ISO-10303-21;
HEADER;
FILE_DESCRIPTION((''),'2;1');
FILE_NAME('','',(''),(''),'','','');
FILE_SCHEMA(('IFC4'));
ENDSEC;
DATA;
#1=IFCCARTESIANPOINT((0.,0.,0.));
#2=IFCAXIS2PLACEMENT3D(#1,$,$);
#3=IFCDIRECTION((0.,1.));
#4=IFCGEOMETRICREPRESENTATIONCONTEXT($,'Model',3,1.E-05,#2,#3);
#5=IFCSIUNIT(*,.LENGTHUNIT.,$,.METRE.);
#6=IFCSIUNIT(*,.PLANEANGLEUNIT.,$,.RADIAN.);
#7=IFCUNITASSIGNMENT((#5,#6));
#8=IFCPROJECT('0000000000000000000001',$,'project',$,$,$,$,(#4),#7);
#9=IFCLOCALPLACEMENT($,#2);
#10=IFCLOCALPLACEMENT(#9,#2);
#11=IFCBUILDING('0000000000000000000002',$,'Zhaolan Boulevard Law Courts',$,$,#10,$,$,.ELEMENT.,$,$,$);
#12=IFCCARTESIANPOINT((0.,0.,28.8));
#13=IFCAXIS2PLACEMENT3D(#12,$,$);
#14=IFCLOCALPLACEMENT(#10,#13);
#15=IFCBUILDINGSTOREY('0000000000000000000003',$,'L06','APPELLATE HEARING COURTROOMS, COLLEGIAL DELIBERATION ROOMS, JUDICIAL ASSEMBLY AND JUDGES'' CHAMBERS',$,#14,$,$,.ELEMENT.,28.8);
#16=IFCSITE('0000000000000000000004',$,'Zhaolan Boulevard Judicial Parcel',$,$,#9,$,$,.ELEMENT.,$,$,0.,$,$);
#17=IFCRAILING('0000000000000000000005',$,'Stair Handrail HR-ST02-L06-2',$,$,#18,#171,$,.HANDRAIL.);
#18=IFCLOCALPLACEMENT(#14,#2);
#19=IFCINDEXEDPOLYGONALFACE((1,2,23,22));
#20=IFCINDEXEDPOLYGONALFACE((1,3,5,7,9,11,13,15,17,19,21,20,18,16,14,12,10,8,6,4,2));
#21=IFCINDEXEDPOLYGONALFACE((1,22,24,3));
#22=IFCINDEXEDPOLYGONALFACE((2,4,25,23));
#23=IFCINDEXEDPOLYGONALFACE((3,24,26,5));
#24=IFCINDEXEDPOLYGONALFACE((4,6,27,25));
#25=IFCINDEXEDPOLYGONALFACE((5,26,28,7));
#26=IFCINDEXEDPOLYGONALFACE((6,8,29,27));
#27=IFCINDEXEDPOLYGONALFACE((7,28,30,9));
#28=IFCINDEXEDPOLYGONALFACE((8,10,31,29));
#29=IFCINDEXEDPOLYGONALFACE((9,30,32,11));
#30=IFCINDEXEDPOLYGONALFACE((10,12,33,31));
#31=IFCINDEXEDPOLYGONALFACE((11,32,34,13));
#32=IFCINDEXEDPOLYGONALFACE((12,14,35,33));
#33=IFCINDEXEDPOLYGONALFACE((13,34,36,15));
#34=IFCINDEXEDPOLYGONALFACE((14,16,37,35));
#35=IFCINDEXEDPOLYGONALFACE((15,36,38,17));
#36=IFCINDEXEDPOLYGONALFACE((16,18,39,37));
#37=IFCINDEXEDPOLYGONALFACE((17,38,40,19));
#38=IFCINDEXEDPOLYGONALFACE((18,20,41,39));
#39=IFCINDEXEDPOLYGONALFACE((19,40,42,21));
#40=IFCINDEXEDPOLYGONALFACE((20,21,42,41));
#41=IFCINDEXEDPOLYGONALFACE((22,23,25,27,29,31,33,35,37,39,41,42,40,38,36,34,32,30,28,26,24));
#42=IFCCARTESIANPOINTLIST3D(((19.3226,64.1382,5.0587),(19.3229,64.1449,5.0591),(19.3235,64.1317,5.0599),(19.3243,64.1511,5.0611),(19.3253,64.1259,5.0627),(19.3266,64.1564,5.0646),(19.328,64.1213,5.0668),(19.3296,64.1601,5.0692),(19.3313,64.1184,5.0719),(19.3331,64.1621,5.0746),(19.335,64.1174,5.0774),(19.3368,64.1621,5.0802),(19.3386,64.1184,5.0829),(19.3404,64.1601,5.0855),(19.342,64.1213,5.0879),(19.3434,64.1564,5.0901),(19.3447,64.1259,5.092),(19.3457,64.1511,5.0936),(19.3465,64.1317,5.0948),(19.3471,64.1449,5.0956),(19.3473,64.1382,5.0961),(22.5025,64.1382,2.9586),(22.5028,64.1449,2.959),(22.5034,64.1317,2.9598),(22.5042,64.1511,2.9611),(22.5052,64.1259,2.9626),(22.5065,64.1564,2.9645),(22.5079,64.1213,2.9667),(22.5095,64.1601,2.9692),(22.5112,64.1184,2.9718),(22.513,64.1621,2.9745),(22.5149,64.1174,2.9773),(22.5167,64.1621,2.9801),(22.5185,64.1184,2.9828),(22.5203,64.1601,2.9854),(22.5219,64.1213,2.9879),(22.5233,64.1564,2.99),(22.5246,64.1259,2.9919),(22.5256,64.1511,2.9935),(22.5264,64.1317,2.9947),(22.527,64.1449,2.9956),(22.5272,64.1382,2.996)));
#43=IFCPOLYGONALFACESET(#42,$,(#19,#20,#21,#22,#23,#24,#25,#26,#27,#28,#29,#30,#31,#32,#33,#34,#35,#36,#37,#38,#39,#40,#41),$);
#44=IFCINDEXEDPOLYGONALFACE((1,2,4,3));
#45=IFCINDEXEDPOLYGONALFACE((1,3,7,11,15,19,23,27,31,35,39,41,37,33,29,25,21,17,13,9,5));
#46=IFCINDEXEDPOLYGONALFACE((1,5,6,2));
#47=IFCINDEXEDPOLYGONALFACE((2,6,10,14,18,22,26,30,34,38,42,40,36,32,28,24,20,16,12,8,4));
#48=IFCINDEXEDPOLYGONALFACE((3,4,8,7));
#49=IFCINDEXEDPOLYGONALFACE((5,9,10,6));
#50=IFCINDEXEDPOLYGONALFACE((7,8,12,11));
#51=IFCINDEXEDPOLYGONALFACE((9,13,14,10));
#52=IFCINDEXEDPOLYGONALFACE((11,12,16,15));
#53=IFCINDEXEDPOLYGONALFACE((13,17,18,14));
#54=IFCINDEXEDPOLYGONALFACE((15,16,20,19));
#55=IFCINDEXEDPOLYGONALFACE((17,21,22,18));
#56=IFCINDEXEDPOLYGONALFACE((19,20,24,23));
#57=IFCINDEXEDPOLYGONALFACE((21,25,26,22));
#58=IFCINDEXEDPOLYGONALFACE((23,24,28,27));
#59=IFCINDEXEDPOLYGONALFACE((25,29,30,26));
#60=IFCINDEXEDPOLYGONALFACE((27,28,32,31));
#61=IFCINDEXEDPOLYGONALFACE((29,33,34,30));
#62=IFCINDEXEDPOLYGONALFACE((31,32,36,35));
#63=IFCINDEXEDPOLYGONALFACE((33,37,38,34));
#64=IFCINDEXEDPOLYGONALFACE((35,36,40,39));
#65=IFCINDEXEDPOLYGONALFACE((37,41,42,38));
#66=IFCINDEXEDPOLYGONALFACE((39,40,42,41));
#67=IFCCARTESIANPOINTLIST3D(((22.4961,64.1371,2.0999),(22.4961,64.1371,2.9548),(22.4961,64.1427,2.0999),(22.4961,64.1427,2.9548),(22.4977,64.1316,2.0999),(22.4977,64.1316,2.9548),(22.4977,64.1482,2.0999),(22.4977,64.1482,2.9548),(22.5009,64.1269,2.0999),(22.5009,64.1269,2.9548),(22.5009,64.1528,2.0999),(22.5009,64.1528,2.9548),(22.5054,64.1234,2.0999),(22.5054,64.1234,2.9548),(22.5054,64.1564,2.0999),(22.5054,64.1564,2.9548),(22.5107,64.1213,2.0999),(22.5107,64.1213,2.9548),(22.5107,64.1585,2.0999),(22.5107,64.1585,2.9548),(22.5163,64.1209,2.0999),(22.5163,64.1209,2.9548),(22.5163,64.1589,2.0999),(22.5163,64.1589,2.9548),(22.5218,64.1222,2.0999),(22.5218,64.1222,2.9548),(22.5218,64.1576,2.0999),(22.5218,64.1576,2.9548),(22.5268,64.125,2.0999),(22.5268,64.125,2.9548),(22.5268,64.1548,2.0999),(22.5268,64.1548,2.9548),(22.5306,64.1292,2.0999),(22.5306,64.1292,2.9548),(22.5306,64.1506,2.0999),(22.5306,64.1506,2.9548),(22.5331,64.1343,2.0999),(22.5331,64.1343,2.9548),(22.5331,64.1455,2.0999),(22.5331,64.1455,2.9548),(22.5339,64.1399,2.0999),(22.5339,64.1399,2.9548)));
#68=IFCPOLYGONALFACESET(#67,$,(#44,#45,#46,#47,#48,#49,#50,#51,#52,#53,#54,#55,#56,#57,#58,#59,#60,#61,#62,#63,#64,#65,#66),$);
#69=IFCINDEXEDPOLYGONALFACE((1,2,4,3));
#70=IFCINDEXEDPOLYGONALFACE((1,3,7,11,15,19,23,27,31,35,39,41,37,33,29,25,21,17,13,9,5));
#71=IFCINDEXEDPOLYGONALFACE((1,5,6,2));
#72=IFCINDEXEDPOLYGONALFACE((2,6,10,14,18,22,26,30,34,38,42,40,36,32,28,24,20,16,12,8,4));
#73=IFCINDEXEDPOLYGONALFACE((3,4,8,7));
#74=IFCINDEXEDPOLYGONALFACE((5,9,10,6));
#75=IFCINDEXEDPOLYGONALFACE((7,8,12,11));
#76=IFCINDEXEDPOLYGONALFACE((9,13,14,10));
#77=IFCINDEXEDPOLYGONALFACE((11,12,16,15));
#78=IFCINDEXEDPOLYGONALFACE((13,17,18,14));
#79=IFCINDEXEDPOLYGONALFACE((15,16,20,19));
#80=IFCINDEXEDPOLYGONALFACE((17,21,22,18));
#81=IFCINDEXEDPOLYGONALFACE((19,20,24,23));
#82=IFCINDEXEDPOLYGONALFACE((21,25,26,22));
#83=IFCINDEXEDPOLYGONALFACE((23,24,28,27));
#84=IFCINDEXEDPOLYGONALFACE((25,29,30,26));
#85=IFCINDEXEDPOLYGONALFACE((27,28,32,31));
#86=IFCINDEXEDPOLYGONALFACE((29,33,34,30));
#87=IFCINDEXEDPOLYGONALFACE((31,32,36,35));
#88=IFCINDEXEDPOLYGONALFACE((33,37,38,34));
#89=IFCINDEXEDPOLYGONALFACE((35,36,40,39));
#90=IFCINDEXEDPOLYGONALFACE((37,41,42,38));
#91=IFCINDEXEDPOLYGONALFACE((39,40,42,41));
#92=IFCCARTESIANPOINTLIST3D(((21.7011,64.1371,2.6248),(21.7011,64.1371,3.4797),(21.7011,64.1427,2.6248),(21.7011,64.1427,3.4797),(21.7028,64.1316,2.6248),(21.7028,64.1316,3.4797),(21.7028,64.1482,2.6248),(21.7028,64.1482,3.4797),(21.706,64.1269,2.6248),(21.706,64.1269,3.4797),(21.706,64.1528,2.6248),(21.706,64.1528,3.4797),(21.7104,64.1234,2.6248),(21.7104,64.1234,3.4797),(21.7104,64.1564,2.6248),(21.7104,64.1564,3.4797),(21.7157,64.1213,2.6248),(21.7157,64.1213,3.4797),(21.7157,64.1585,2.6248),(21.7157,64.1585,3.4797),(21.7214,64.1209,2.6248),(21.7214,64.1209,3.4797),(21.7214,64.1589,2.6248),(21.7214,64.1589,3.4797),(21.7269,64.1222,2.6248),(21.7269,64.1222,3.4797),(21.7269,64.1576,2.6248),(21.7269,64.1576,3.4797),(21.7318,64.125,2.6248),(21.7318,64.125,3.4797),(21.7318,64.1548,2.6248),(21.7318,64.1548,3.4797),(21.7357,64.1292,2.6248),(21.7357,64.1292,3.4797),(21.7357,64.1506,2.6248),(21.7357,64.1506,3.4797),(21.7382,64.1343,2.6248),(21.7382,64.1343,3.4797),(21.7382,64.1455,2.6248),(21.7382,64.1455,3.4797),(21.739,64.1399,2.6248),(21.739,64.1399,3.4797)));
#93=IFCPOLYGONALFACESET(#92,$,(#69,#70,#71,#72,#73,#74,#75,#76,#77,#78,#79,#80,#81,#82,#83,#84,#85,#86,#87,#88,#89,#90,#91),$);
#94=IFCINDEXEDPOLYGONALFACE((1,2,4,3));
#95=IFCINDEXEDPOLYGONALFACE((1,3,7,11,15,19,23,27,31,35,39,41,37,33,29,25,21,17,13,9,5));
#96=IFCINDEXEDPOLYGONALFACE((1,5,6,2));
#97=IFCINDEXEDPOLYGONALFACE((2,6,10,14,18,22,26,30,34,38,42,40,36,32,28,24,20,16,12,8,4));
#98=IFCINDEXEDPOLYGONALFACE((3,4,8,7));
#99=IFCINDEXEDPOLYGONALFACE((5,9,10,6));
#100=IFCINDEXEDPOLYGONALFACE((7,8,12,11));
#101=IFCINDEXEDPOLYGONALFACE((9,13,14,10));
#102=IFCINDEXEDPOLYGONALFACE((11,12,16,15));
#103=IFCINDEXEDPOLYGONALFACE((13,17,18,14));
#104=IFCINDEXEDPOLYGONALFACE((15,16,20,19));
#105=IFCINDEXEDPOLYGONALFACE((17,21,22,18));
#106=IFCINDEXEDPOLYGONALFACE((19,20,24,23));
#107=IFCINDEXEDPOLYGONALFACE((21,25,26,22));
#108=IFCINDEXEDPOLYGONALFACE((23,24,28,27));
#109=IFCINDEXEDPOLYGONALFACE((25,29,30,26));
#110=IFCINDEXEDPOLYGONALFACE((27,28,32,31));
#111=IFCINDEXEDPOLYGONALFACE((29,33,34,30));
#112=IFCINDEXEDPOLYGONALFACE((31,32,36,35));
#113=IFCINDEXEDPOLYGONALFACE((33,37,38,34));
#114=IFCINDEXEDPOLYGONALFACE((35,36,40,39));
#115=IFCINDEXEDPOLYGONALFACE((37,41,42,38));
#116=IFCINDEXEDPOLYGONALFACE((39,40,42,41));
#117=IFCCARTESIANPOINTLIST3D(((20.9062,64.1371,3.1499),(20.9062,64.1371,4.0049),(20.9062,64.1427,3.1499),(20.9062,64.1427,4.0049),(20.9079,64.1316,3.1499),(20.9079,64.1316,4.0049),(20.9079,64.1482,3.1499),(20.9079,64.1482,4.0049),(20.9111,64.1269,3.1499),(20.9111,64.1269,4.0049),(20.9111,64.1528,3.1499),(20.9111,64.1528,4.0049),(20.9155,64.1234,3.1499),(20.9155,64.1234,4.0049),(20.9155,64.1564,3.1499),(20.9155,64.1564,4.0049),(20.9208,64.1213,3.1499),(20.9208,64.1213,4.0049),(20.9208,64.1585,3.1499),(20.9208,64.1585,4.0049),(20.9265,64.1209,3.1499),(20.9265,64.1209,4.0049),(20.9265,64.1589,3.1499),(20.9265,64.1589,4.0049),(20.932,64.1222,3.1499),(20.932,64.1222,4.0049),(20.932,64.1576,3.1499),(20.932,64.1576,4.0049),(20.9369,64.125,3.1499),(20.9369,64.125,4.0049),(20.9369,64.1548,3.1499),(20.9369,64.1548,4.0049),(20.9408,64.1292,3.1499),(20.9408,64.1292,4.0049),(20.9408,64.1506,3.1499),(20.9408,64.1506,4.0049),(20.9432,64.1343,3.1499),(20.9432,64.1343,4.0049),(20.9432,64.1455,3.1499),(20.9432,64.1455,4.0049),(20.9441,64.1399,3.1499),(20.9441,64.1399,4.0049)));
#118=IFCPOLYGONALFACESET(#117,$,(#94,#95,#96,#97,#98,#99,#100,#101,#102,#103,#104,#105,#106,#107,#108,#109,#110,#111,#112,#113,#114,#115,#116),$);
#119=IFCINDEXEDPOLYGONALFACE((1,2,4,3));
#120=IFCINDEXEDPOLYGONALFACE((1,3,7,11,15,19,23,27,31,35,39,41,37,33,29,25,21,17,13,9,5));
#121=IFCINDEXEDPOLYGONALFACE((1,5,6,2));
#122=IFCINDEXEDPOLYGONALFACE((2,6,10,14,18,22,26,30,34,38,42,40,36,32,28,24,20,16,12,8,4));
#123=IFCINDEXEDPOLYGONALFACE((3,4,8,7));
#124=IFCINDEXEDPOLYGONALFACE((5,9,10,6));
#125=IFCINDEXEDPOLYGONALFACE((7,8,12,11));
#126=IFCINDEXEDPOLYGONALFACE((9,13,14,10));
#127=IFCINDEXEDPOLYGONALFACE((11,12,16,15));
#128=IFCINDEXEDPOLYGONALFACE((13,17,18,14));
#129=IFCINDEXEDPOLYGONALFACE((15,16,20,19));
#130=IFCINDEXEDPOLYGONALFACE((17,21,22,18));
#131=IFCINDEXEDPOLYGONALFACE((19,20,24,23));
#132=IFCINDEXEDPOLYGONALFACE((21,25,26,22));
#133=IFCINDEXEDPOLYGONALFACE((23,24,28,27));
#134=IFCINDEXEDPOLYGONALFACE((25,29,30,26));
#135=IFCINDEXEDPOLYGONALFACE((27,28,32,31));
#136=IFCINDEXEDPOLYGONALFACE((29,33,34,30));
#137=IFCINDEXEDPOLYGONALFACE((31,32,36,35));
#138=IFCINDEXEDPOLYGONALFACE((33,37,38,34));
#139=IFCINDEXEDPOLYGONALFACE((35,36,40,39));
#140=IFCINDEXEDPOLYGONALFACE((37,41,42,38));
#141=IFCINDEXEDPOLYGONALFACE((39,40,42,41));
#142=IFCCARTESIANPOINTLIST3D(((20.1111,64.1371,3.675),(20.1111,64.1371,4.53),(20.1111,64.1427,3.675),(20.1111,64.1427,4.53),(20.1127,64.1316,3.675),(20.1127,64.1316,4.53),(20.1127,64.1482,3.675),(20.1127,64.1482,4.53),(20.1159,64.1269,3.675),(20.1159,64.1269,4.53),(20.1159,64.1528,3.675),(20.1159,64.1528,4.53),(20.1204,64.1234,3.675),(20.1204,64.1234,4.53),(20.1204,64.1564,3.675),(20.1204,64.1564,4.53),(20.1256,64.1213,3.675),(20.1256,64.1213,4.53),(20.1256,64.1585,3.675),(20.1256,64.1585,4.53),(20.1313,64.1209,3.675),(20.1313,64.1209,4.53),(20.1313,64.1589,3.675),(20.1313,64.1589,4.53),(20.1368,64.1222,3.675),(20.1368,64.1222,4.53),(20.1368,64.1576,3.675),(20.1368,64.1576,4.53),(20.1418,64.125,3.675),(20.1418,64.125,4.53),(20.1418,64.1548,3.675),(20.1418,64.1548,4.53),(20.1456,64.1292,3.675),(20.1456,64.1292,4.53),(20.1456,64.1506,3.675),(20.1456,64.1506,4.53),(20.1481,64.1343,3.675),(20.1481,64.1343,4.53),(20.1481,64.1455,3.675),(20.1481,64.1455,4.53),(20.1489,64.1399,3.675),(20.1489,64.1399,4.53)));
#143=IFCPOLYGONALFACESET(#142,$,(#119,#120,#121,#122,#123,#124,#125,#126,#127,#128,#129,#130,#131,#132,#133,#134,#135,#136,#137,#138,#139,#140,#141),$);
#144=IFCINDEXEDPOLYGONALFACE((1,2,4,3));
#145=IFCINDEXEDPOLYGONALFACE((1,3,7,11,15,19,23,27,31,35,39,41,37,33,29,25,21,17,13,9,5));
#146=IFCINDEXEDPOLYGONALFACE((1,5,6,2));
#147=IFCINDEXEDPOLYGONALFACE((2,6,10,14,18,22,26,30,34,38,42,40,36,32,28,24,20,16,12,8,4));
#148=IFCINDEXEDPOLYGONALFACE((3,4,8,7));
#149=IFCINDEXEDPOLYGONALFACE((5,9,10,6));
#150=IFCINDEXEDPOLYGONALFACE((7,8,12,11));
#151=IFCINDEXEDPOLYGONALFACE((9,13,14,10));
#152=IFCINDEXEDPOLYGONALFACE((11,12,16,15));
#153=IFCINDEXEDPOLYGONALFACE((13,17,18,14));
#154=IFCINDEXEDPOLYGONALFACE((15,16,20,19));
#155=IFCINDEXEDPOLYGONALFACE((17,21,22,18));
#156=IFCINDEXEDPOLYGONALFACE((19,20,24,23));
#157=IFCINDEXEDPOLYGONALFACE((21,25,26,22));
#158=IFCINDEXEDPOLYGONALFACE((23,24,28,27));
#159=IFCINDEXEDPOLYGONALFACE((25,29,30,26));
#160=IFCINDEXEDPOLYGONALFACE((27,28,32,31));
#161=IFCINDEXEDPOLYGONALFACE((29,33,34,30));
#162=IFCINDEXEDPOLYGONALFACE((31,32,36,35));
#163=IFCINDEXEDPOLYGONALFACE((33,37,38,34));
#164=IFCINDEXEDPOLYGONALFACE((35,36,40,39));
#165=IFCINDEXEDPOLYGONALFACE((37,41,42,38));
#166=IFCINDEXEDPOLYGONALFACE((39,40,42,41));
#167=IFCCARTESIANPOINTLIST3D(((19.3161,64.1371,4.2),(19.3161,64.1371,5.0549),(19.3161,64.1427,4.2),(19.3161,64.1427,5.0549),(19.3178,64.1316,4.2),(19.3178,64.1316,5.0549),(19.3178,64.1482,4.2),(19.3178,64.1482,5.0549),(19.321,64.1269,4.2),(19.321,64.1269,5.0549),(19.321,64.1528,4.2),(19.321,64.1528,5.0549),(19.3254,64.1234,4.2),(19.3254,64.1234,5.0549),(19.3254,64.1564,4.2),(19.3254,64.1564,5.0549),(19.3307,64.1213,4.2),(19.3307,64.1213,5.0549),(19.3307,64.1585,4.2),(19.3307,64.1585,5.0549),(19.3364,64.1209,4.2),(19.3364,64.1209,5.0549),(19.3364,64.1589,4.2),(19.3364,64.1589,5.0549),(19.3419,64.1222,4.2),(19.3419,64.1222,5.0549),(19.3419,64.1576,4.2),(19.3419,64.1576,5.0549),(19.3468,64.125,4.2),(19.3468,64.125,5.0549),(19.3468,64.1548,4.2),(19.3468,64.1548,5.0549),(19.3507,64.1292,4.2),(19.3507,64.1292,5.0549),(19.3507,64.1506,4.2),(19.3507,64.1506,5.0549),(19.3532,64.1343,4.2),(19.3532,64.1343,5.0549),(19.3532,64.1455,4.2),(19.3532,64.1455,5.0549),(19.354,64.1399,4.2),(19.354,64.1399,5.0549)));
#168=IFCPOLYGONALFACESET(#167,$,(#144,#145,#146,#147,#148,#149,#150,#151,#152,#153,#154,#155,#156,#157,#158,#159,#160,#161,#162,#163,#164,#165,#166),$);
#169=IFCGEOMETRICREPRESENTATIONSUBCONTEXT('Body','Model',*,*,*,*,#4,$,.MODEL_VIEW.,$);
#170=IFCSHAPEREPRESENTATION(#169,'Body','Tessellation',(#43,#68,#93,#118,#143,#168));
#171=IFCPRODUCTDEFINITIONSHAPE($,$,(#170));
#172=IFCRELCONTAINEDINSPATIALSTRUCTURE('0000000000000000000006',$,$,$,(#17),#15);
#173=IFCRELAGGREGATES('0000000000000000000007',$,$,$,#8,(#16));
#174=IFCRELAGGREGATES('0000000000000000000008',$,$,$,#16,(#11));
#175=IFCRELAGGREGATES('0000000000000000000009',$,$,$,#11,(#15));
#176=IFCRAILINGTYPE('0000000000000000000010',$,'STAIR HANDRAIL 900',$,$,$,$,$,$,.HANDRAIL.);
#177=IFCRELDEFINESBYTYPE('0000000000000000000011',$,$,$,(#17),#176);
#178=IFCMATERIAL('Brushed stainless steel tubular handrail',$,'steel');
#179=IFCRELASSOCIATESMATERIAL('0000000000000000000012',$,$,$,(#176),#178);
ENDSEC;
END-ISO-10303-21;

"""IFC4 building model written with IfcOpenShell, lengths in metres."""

from ifc_helpers import new_model, si_unit, direction, frame, origin, origin_2d, place, context, subcontext, project, spatial, circle, extrude, material, type_object, element, save


model = new_model("IFC4")

# Units and contexts
model_context = context("Model", 3, precision=1e-05, world=origin(), true_north=direction((0.0, 1.0)))
body_context = subcontext(model_context, "Body", "Model", "MODEL_VIEW")
ifc_project = project(units=[si_unit("LENGTHUNIT", "METRE"), si_unit("PLANEANGLEUNIT", "RADIAN")], contexts=[model_context])

# Site, building, storey
site_placement = place(None, origin())
site = spatial("IfcSite", under=ifc_project, at=site_placement, Name="Zhaolan Boulevard Judicial Parcel", CompositionType="ELEMENT", RefElevation=0.0)
building_placement = place(site_placement, origin())
building = spatial("IfcBuilding", under=site, at=building_placement, Name="Zhaolan Boulevard Law Courts", CompositionType="ELEMENT")
storey_placement = place(building_placement, frame((0.0, 0.0, 28.8)))
storey = spatial("IfcBuildingStorey", under=building, at=storey_placement, Name="L06", Description="APPELLATE HEARING COURTROOMS, COLLEGIAL DELIBERATION ROOMS, JUDICIAL ASSEMBLY AND JUDGES' CHAMBERS", CompositionType="ELEMENT", Elevation=28.8)

# Railing
ifc_material_1 = material(Name="Brushed stainless steel tubular handrail", Category="steel")
railing_type_1 = type_object("IfcRailingType", Name="STAIR HANDRAIL 900", PredefinedType="HANDRAIL", material=ifc_material_1)
railing_1_placement = place(storey_placement, frame((22.5149, 64.1399, 2.0999)))
element("IfcRailing", 1, at=railing_1_placement, inside=storey, type_object=railing_type_1, Name="Stair Handrail HR-ST02-L06-2", PredefinedType="HANDRAIL", context=body_context, shape_type="SweptSolid", body=[
    extrude(circle(Radius=0.0225, at=origin_2d()), frame((0.0, 0.0, 0.8774), z_axis=(-0.834447, 0.0, 0.551088), x_axis=(0.0, -1.0, 0.0)), (0.0, 0.0, 1.0), 3.8108),
    extrude(circle(Radius=0.019, at=origin_2d()), origin(), (0.0, 0.0, 1.0), 0.855),
    extrude(circle(Radius=0.019, at=origin_2d()), frame((-0.7949, 0.0, 0.5249)), (0.0, 0.0, 1.0), 0.855),
    extrude(circle(Radius=0.019, at=origin_2d()), frame((-1.5898, 0.0, 1.05)), (0.0, 0.0, 1.0), 0.855),
    extrude(circle(Radius=0.019, at=origin_2d()), frame((-2.385, 0.0, 1.5752)), (0.0, 0.0, 1.0), 0.855),
    extrude(circle(Radius=0.019, at=origin_2d()), frame((-3.1799, 0.0, 2.1001)), (0.0, 0.0, 1.0), 0.855),
])

save(model, "model.ifc")
